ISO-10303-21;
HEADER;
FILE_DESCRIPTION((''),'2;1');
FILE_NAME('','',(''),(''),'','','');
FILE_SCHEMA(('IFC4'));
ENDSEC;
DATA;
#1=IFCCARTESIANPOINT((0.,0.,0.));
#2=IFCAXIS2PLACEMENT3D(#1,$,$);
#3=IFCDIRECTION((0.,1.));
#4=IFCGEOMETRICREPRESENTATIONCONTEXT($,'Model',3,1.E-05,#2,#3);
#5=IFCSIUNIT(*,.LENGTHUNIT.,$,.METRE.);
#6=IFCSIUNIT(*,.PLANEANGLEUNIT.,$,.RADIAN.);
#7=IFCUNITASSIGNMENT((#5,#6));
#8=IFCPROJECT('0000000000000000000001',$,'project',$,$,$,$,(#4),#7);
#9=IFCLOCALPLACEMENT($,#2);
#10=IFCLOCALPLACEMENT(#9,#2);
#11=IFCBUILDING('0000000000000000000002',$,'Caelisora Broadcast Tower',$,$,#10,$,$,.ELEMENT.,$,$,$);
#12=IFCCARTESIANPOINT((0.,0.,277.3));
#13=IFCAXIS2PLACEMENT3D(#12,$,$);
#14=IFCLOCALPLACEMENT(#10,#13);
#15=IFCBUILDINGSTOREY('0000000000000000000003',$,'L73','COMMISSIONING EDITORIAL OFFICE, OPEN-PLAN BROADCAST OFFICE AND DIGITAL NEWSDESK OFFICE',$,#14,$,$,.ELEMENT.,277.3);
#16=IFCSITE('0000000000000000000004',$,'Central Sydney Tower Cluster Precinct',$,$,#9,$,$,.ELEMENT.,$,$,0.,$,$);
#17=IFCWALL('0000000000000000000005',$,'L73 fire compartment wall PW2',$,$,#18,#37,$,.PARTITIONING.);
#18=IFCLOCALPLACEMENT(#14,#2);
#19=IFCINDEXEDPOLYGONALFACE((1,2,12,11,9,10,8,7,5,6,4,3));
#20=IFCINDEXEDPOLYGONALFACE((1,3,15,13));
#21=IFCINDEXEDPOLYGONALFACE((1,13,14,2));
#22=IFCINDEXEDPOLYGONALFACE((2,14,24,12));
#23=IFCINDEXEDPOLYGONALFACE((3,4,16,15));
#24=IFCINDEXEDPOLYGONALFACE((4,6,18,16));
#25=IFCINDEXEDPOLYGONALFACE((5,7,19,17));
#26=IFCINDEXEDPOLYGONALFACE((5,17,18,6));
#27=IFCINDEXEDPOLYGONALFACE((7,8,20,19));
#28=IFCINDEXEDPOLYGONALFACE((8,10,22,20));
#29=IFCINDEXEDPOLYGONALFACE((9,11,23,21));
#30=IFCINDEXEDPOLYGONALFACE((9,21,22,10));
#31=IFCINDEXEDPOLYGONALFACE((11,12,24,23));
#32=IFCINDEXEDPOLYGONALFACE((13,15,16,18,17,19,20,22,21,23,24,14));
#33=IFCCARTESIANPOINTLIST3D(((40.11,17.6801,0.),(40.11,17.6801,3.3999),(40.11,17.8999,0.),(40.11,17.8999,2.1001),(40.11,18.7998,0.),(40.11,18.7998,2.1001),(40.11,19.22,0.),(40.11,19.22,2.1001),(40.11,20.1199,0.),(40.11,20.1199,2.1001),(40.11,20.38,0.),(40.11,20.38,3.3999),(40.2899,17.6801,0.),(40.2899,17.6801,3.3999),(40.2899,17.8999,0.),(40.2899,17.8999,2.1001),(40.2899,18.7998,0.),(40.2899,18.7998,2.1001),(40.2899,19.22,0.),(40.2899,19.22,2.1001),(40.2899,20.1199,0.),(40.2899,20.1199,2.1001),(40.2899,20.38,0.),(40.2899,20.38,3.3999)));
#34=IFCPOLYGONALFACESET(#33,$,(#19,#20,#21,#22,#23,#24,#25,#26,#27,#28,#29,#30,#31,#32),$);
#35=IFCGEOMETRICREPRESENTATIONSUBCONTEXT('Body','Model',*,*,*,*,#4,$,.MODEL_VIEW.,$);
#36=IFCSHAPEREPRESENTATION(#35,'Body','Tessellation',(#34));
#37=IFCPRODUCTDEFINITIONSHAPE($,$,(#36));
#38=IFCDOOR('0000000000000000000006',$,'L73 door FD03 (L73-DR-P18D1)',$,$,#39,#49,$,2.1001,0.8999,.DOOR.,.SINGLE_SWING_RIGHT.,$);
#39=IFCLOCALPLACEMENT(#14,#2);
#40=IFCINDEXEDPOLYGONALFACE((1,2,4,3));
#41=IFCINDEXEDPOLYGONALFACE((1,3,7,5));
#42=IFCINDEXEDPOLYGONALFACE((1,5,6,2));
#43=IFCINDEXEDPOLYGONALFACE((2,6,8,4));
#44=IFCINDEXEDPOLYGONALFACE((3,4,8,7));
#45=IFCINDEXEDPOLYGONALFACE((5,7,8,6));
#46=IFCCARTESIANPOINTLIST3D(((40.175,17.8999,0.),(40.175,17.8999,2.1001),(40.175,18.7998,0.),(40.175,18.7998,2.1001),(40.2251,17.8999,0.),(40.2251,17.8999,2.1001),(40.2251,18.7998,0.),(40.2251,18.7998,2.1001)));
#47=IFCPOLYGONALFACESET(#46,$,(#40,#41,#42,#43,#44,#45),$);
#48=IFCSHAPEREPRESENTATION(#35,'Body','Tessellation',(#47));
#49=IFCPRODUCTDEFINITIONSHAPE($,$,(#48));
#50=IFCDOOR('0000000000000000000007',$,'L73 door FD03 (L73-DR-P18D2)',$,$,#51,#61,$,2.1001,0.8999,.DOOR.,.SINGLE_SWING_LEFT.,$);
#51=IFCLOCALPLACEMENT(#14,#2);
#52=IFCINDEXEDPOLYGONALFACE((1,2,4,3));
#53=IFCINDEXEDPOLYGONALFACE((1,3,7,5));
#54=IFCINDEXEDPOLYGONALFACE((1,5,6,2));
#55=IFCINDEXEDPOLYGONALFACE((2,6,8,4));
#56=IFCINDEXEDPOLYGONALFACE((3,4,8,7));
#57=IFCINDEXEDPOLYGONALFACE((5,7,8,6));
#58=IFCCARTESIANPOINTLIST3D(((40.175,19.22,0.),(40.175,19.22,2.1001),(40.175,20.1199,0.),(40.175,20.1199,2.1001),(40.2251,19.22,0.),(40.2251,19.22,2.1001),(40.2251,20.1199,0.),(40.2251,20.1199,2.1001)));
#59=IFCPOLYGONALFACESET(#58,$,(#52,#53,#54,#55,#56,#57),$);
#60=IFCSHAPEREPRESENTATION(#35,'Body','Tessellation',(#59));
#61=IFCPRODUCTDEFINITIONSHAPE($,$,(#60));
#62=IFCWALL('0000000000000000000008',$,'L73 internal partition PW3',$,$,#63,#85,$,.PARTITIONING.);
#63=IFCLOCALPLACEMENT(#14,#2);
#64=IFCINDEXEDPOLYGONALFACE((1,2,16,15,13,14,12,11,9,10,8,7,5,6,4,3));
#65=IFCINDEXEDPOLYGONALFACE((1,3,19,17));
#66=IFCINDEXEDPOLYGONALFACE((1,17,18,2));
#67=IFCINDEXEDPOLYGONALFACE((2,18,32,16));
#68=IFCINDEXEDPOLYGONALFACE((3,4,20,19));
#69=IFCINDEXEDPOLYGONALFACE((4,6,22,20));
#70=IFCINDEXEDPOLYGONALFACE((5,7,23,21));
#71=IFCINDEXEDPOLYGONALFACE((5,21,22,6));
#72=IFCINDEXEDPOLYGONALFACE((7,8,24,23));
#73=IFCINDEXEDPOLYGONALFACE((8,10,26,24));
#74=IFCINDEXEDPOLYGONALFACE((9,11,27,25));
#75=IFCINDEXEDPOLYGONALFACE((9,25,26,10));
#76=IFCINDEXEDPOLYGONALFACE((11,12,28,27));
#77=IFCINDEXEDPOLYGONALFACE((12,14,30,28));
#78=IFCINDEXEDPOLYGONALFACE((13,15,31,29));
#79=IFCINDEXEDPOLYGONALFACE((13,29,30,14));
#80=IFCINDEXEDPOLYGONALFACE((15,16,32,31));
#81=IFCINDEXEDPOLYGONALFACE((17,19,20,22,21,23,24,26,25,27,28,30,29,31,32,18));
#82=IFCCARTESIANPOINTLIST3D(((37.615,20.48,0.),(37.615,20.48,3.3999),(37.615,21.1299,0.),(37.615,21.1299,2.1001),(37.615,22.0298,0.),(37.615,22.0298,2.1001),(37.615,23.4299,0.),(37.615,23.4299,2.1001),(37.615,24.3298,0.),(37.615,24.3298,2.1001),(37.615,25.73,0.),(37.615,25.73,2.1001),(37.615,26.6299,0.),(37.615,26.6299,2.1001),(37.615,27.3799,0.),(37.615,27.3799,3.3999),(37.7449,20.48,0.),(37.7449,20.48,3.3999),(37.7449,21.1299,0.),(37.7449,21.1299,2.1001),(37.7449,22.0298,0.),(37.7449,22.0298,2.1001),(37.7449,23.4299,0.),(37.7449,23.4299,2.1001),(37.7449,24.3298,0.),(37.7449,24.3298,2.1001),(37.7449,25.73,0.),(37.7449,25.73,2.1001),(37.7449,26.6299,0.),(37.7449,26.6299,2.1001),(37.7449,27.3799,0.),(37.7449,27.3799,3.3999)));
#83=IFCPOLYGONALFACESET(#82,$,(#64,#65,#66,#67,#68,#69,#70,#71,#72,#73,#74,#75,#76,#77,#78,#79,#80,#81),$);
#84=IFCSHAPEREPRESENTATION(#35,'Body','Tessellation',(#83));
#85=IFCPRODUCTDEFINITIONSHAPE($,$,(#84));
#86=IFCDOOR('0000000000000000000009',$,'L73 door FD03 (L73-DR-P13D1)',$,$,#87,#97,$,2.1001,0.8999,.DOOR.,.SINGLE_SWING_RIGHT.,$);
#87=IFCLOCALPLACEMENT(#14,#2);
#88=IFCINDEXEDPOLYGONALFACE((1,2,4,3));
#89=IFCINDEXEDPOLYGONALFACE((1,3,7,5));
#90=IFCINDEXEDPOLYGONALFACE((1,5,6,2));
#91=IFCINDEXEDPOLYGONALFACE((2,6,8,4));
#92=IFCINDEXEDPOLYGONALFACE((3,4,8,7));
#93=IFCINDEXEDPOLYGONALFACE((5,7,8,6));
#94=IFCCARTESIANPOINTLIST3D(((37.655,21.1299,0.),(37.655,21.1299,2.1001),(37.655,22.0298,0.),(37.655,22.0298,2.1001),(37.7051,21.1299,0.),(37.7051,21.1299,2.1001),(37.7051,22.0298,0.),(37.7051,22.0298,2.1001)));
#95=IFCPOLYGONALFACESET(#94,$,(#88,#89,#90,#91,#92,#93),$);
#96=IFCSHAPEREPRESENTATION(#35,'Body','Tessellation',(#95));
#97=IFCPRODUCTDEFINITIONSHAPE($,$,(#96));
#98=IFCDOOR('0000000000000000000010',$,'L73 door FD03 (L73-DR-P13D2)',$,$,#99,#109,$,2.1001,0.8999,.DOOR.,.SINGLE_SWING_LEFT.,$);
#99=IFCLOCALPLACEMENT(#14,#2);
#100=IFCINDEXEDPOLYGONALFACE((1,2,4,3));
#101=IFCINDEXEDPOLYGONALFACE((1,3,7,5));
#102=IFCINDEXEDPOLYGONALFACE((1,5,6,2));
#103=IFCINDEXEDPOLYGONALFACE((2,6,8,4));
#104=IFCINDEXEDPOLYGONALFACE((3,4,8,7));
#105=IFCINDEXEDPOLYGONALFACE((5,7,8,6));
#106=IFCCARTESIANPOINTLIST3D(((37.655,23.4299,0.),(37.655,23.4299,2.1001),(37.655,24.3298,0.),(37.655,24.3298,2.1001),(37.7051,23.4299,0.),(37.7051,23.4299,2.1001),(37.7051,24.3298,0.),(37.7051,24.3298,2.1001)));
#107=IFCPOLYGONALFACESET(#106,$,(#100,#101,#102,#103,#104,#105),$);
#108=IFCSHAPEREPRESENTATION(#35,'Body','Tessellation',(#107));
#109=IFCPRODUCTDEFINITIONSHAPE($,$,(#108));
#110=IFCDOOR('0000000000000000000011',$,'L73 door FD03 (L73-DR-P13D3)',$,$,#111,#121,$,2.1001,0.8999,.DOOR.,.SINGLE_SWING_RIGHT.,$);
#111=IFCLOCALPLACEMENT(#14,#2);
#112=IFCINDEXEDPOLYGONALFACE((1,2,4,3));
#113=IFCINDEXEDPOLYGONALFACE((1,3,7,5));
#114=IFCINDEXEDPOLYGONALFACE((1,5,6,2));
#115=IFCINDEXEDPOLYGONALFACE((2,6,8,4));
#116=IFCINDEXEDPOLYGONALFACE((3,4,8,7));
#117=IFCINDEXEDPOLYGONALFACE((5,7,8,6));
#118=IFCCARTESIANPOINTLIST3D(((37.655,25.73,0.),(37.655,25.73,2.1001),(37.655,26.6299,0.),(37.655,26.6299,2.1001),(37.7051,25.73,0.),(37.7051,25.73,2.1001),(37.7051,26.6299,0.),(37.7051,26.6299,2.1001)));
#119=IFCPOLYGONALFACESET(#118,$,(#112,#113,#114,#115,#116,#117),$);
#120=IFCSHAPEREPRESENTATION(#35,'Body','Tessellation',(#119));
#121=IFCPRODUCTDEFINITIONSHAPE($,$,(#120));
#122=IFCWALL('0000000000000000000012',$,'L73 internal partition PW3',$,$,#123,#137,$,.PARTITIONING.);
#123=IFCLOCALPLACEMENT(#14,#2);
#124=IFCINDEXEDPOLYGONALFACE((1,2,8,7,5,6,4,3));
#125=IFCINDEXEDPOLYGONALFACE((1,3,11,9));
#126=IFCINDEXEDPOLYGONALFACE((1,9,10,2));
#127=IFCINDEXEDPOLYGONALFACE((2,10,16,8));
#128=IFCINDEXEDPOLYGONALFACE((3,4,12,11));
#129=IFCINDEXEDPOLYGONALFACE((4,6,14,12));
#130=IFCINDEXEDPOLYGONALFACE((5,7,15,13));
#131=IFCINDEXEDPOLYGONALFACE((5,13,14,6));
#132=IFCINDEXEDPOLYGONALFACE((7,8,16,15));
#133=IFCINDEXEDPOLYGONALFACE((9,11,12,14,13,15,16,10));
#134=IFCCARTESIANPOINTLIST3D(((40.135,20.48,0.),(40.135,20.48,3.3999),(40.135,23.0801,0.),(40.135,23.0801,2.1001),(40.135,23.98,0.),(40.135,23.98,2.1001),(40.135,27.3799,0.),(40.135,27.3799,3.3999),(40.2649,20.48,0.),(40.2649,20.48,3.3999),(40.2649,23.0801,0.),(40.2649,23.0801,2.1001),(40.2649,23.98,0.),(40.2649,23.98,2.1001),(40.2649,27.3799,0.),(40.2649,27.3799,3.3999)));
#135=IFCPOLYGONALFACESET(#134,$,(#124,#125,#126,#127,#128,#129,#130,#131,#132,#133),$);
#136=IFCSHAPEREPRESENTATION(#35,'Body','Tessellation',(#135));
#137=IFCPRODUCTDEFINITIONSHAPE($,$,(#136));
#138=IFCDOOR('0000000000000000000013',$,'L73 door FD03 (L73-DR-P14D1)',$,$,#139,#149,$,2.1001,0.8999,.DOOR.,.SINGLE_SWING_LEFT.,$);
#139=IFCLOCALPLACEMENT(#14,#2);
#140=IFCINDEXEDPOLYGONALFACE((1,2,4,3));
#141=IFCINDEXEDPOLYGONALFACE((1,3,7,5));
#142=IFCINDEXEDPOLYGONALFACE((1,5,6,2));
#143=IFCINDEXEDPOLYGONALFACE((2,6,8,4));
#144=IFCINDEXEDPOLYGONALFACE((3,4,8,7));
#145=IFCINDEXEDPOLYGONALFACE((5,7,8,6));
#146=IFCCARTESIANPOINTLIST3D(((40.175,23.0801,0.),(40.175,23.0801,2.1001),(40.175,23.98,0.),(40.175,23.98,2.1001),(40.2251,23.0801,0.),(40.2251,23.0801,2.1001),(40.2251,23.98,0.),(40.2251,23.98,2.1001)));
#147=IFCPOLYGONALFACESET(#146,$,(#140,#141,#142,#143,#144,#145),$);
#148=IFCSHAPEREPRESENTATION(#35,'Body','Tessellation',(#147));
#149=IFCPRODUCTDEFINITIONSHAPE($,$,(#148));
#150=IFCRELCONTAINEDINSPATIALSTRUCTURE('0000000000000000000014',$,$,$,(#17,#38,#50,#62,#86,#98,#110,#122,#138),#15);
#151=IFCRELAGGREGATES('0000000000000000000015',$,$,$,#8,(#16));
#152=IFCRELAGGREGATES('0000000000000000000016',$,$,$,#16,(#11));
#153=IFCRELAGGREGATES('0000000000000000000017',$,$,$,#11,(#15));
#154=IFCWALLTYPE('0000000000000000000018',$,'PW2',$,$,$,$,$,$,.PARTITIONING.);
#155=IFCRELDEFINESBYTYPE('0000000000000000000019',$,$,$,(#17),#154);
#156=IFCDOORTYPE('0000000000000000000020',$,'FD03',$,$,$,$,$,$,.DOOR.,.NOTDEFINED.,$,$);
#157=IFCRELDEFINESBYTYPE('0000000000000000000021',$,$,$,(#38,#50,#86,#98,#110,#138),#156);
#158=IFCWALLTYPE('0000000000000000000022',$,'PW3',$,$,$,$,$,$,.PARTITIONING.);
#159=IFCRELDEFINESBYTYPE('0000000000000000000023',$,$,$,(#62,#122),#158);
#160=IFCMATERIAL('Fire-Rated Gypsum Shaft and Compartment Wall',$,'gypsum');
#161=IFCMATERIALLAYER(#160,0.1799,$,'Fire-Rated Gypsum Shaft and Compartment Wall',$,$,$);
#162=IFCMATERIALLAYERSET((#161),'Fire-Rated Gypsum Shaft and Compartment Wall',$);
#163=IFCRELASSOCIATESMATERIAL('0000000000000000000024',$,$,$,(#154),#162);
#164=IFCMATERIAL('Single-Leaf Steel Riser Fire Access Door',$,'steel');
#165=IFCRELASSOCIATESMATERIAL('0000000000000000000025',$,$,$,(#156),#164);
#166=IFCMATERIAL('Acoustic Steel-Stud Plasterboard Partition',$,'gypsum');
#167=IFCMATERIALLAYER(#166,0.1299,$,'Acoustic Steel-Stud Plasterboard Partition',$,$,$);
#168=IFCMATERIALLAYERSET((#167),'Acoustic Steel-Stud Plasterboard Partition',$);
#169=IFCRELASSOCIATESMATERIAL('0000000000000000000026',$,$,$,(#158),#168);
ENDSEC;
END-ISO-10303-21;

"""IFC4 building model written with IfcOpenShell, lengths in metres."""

from ifc_helpers import new_model, si_unit, direction, frame, frame_2d, origin, place, context, subcontext, project, spatial, rectangle, extrude, material, layer, layer_set, type_object, element, fill, save


model = new_model("IFC4")

# Units and contexts
model_context = context("Model", 3, precision=1e-05, world=origin(), true_north=direction((0.0, 1.0)))
body_context = subcontext(model_context, "Body", "Model", "MODEL_VIEW")
ifc_project = project(units=[si_unit("LENGTHUNIT", "METRE"), si_unit("PLANEANGLEUNIT", "RADIAN")], contexts=[model_context])

# Site, building, storey
site_placement = place(None, origin())
site = spatial("IfcSite", under=ifc_project, at=site_placement, Name="Central Sydney Tower Cluster Precinct", CompositionType="ELEMENT", RefElevation=0.0)
building_placement = place(site_placement, origin())
building = spatial("IfcBuilding", under=site, at=building_placement, Name="Caelisora Broadcast Tower", CompositionType="ELEMENT")
storey_placement = place(building_placement, frame((0.0, 0.0, 277.3)))
storey = spatial("IfcBuildingStorey", under=building, at=storey_placement, Name="L73", Description="COMMISSIONING EDITORIAL OFFICE, OPEN-PLAN BROADCAST OFFICE AND DIGITAL NEWSDESK OFFICE", CompositionType="ELEMENT", Elevation=277.3)

# Shared definitions
ifc_material_1 = material(Name="Fire-Rated Gypsum Shaft and Compartment Wall", Category="gypsum")
ifc_layer_1 = layer(ifc_material_1, 0.1799, Name="Fire-Rated Gypsum Shaft and Compartment Wall")
ifc_layer_set_1 = layer_set([ifc_layer_1], Name="Fire-Rated Gypsum Shaft and Compartment Wall")
wall_type_1 = type_object("IfcWallType", Name="PW2", PredefinedType="PARTITIONING", material=ifc_layer_set_1)

# Shared definitions
ifc_material_2 = material(Name="Single-Leaf Steel Riser Fire Access Door", Category="steel")
door_type = type_object("IfcDoorType", Name="FD03", OperationType="NOTDEFINED", PredefinedType="DOOR", material=ifc_material_2)

# Walls, openings, doors
wall_1_placement = place(storey_placement, frame((40.2, 17.6799, 0.0), z_axis=(0.0, 0.0, 1.0), x_axis=(0.0, 1.0, 0.0)))
wall_1 = element("IfcWall", 1, at=wall_1_placement, inside=storey, type_object=wall_type_1, Name="L73 fire compartment wall PW2", PredefinedType="PARTITIONING", context=body_context, shape_type="SweptSolid", body=[
    extrude(rectangle(XDim=2.7, YDim=0.1799, at=frame_2d((1.3501, 0.0))), origin(), (0.0, 0.0, 1.0), 3.3999),
])
opening_1_placement = place(wall_1_placement, frame((0.22, 0.0, 0.0)))
opening_1 = element("IfcOpeningElement", 2, at=opening_1_placement, cuts=wall_1, PredefinedType="OPENING", context=body_context, shape_type="SweptSolid", body=[
    extrude(rectangle(XDim=0.8999, YDim=2.1001, at=frame_2d((0.45, 1.05))), frame((0.0, 0.1021, 0.0), z_axis=(0.0, -1.0, 0.0), x_axis=(1.0, 0.0, 0.0)), (0.0, 0.0, 1.0), 0.2039),
])
opening_2_placement = place(wall_1_placement, frame((1.54, 0.0, 0.0)))
opening_2 = element("IfcOpeningElement", 3, at=opening_2_placement, cuts=wall_1, PredefinedType="OPENING", context=body_context, shape_type="SweptSolid", body=[
    extrude(rectangle(XDim=0.8999, YDim=2.1001, at=frame_2d((0.45, 1.05))), frame((0.0, 0.1021, 0.0), z_axis=(0.0, -1.0, 0.0), x_axis=(1.0, 0.0, 0.0)), (0.0, 0.0, 1.0), 0.2039),
])
door_1_placement = place(opening_1_placement, origin())
door_1 = element("IfcDoor", 4, at=door_1_placement, inside=storey, type_object=door_type, Name="L73 door FD03 (L73-DR-P18D1)", OperationType="SINGLE_SWING_RIGHT", OverallHeight=2.1001, OverallWidth=0.8999, PredefinedType="DOOR", context=body_context, shape_type="SweptSolid", body=[
    extrude(rectangle(XDim=0.8999, YDim=2.1001, at=frame_2d((0.45, 1.05))), frame((0.0, 0.0249, 0.0), z_axis=(0.0, -1.0, 0.0), x_axis=(1.0, 0.0, 0.0)), (0.0, 0.0, 1.0), 0.05),
])
fill(opening_1, door_1)
door_2_placement = place(opening_2_placement, origin())
door_2 = element("IfcDoor", 5, at=door_2_placement, inside=storey, type_object=door_type, Name="L73 door FD03 (L73-DR-P18D2)", OperationType="SINGLE_SWING_LEFT", OverallHeight=2.1001, OverallWidth=0.8999, PredefinedType="DOOR", context=body_context, shape_type="SweptSolid", body=[
    extrude(rectangle(XDim=0.8999, YDim=2.1001, at=frame_2d((0.45, 1.05))), frame((0.0, 0.0249, 0.0), z_axis=(0.0, -1.0, 0.0), x_axis=(1.0, 0.0, 0.0)), (0.0, 0.0, 1.0), 0.05),
])
fill(opening_2, door_2)
ifc_material_3 = material(Name="Acoustic Steel-Stud Plasterboard Partition", Category="gypsum")
ifc_layer_2 = layer(ifc_material_3, 0.1299, Name="Acoustic Steel-Stud Plasterboard Partition")
ifc_layer_set_2 = layer_set([ifc_layer_2], Name="Acoustic Steel-Stud Plasterboard Partition")
wall_type_2 = type_object("IfcWallType", Name="PW3", PredefinedType="PARTITIONING", material=ifc_layer_set_2)
wall_2_placement = place(storey_placement, frame((37.6799, 20.48, 0.0), z_axis=(0.0, 0.0, 1.0), x_axis=(0.0, 1.0, 0.0)))
wall_2 = element("IfcWall", 6, at=wall_2_placement, inside=storey, type_object=wall_type_2, Name="L73 internal partition PW3", PredefinedType="PARTITIONING", context=body_context, shape_type="SweptSolid", body=[
    extrude(rectangle(XDim=6.8999, YDim=0.1299, at=frame_2d((3.45, 0.0))), origin(), (0.0, 0.0, 1.0), 3.3999),
])
opening_3_placement = place(wall_2_placement, frame((0.6499, 0.0, 0.0)))
opening_3 = element("IfcOpeningElement", 7, at=opening_3_placement, cuts=wall_2, PredefinedType="OPENING", context=body_context, shape_type="SweptSolid", body=[
    extrude(rectangle(XDim=0.8999, YDim=2.1001, at=frame_2d((0.45, 1.05))), frame((0.0, 0.0769, 0.0), z_axis=(0.0, -1.0, 0.0), x_axis=(1.0, 0.0, 0.0)), (0.0, 0.0, 1.0), 0.1538),
])
opening_4_placement = place(wall_2_placement, frame((2.95, 0.0, 0.0)))
opening_4 = element("IfcOpeningElement", 8, at=opening_4_placement, cuts=wall_2, PredefinedType="OPENING", context=body_context, shape_type="SweptSolid", body=[
    extrude(rectangle(XDim=0.8999, YDim=2.1001, at=frame_2d((0.45, 1.05))), frame((0.0, 0.0769, 0.0), z_axis=(0.0, -1.0, 0.0), x_axis=(1.0, 0.0, 0.0)), (0.0, 0.0, 1.0), 0.1538),
])
opening_5_placement = place(wall_2_placement, frame((5.25, 0.0, 0.0)))
opening_5 = element("IfcOpeningElement", 9, at=opening_5_placement, cuts=wall_2, PredefinedType="OPENING", context=body_context, shape_type="SweptSolid", body=[
    extrude(rectangle(XDim=0.8999, YDim=2.1001, at=frame_2d((0.45, 1.05))), frame((0.0, 0.0769, 0.0), z_axis=(0.0, -1.0, 0.0), x_axis=(1.0, 0.0, 0.0)), (0.0, 0.0, 1.0), 0.1538),
])
door_3_placement = place(opening_3_placement, origin())
door_3 = element("IfcDoor", 10, at=door_3_placement, inside=storey, type_object=door_type, Name="L73 door FD03 (L73-DR-P13D1)", OperationType="SINGLE_SWING_RIGHT", OverallHeight=2.1001, OverallWidth=0.8999, PredefinedType="DOOR", context=body_context, shape_type="SweptSolid", body=[
    extrude(rectangle(XDim=0.8999, YDim=2.1001, at=frame_2d((0.45, 1.05))), frame((0.0, 0.0249, 0.0), z_axis=(0.0, -1.0, 0.0), x_axis=(1.0, 0.0, 0.0)), (0.0, 0.0, 1.0), 0.05),
])
fill(opening_3, door_3)
door_4_placement = place(opening_4_placement, origin())
door_4 = element("IfcDoor", 11, at=door_4_placement, inside=storey, type_object=door_type, Name="L73 door FD03 (L73-DR-P13D2)", OperationType="SINGLE_SWING_LEFT", OverallHeight=2.1001, OverallWidth=0.8999, PredefinedType="DOOR", context=body_context, shape_type="SweptSolid", body=[
    extrude(rectangle(XDim=0.8999, YDim=2.1001, at=frame_2d((0.45, 1.05))), frame((0.0, 0.0249, 0.0), z_axis=(0.0, -1.0, 0.0), x_axis=(1.0, 0.0, 0.0)), (0.0, 0.0, 1.0), 0.05),
])
fill(opening_4, door_4)
door_5_placement = place(opening_5_placement, origin())
door_5 = element("IfcDoor", 12, at=door_5_placement, inside=storey, type_object=door_type, Name="L73 door FD03 (L73-DR-P13D3)", OperationType="SINGLE_SWING_RIGHT", OverallHeight=2.1001, OverallWidth=0.8999, PredefinedType="DOOR", context=body_context, shape_type="SweptSolid", body=[
    extrude(rectangle(XDim=0.8999, YDim=2.1001, at=frame_2d((0.45, 1.05))), frame((0.0, 0.0249, 0.0), z_axis=(0.0, -1.0, 0.0), x_axis=(1.0, 0.0, 0.0)), (0.0, 0.0, 1.0), 0.05),
])
fill(opening_5, door_5)

# Wall, opening, door
wall_3_placement = place(storey_placement, frame((40.2, 20.48, 0.0), z_axis=(0.0, 0.0, 1.0), x_axis=(0.0, 1.0, 0.0)))
wall_3 = element("IfcWall", 13, at=wall_3_placement, inside=storey, type_object=wall_type_2, Name="L73 internal partition PW3", PredefinedType="PARTITIONING", context=body_context, shape_type="SweptSolid", body=[
    extrude(rectangle(XDim=6.8999, YDim=0.1299, at=frame_2d((3.45, 0.0))), origin(), (0.0, 0.0, 1.0), 3.3999),
])
opening_6_placement = place(wall_3_placement, frame((2.6001, 0.0, 0.0)))
opening_6 = element("IfcOpeningElement", 14, at=opening_6_placement, cuts=wall_3, PredefinedType="OPENING", context=body_context, shape_type="SweptSolid", body=[
    extrude(rectangle(XDim=0.8999, YDim=2.1001, at=frame_2d((0.45, 1.05))), frame((0.0, 0.0769, 0.0), z_axis=(0.0, -1.0, 0.0), x_axis=(1.0, 0.0, 0.0)), (0.0, 0.0, 1.0), 0.1538),
])
door_6_placement = place(opening_6_placement, origin())
door_6 = element("IfcDoor", 15, at=door_6_placement, inside=storey, type_object=door_type, Name="L73 door FD03 (L73-DR-P14D1)", OperationType="SINGLE_SWING_LEFT", OverallHeight=2.1001, OverallWidth=0.8999, PredefinedType="DOOR", context=body_context, shape_type="SweptSolid", body=[
    extrude(rectangle(XDim=0.8999, YDim=2.1001, at=frame_2d((0.45, 1.05))), frame((0.0, 0.0249, 0.0), z_axis=(0.0, -1.0, 0.0), x_axis=(1.0, 0.0, 0.0)), (0.0, 0.0, 1.0), 0.05),
])
fill(opening_6, door_6)

save(model, "model.ifc")
